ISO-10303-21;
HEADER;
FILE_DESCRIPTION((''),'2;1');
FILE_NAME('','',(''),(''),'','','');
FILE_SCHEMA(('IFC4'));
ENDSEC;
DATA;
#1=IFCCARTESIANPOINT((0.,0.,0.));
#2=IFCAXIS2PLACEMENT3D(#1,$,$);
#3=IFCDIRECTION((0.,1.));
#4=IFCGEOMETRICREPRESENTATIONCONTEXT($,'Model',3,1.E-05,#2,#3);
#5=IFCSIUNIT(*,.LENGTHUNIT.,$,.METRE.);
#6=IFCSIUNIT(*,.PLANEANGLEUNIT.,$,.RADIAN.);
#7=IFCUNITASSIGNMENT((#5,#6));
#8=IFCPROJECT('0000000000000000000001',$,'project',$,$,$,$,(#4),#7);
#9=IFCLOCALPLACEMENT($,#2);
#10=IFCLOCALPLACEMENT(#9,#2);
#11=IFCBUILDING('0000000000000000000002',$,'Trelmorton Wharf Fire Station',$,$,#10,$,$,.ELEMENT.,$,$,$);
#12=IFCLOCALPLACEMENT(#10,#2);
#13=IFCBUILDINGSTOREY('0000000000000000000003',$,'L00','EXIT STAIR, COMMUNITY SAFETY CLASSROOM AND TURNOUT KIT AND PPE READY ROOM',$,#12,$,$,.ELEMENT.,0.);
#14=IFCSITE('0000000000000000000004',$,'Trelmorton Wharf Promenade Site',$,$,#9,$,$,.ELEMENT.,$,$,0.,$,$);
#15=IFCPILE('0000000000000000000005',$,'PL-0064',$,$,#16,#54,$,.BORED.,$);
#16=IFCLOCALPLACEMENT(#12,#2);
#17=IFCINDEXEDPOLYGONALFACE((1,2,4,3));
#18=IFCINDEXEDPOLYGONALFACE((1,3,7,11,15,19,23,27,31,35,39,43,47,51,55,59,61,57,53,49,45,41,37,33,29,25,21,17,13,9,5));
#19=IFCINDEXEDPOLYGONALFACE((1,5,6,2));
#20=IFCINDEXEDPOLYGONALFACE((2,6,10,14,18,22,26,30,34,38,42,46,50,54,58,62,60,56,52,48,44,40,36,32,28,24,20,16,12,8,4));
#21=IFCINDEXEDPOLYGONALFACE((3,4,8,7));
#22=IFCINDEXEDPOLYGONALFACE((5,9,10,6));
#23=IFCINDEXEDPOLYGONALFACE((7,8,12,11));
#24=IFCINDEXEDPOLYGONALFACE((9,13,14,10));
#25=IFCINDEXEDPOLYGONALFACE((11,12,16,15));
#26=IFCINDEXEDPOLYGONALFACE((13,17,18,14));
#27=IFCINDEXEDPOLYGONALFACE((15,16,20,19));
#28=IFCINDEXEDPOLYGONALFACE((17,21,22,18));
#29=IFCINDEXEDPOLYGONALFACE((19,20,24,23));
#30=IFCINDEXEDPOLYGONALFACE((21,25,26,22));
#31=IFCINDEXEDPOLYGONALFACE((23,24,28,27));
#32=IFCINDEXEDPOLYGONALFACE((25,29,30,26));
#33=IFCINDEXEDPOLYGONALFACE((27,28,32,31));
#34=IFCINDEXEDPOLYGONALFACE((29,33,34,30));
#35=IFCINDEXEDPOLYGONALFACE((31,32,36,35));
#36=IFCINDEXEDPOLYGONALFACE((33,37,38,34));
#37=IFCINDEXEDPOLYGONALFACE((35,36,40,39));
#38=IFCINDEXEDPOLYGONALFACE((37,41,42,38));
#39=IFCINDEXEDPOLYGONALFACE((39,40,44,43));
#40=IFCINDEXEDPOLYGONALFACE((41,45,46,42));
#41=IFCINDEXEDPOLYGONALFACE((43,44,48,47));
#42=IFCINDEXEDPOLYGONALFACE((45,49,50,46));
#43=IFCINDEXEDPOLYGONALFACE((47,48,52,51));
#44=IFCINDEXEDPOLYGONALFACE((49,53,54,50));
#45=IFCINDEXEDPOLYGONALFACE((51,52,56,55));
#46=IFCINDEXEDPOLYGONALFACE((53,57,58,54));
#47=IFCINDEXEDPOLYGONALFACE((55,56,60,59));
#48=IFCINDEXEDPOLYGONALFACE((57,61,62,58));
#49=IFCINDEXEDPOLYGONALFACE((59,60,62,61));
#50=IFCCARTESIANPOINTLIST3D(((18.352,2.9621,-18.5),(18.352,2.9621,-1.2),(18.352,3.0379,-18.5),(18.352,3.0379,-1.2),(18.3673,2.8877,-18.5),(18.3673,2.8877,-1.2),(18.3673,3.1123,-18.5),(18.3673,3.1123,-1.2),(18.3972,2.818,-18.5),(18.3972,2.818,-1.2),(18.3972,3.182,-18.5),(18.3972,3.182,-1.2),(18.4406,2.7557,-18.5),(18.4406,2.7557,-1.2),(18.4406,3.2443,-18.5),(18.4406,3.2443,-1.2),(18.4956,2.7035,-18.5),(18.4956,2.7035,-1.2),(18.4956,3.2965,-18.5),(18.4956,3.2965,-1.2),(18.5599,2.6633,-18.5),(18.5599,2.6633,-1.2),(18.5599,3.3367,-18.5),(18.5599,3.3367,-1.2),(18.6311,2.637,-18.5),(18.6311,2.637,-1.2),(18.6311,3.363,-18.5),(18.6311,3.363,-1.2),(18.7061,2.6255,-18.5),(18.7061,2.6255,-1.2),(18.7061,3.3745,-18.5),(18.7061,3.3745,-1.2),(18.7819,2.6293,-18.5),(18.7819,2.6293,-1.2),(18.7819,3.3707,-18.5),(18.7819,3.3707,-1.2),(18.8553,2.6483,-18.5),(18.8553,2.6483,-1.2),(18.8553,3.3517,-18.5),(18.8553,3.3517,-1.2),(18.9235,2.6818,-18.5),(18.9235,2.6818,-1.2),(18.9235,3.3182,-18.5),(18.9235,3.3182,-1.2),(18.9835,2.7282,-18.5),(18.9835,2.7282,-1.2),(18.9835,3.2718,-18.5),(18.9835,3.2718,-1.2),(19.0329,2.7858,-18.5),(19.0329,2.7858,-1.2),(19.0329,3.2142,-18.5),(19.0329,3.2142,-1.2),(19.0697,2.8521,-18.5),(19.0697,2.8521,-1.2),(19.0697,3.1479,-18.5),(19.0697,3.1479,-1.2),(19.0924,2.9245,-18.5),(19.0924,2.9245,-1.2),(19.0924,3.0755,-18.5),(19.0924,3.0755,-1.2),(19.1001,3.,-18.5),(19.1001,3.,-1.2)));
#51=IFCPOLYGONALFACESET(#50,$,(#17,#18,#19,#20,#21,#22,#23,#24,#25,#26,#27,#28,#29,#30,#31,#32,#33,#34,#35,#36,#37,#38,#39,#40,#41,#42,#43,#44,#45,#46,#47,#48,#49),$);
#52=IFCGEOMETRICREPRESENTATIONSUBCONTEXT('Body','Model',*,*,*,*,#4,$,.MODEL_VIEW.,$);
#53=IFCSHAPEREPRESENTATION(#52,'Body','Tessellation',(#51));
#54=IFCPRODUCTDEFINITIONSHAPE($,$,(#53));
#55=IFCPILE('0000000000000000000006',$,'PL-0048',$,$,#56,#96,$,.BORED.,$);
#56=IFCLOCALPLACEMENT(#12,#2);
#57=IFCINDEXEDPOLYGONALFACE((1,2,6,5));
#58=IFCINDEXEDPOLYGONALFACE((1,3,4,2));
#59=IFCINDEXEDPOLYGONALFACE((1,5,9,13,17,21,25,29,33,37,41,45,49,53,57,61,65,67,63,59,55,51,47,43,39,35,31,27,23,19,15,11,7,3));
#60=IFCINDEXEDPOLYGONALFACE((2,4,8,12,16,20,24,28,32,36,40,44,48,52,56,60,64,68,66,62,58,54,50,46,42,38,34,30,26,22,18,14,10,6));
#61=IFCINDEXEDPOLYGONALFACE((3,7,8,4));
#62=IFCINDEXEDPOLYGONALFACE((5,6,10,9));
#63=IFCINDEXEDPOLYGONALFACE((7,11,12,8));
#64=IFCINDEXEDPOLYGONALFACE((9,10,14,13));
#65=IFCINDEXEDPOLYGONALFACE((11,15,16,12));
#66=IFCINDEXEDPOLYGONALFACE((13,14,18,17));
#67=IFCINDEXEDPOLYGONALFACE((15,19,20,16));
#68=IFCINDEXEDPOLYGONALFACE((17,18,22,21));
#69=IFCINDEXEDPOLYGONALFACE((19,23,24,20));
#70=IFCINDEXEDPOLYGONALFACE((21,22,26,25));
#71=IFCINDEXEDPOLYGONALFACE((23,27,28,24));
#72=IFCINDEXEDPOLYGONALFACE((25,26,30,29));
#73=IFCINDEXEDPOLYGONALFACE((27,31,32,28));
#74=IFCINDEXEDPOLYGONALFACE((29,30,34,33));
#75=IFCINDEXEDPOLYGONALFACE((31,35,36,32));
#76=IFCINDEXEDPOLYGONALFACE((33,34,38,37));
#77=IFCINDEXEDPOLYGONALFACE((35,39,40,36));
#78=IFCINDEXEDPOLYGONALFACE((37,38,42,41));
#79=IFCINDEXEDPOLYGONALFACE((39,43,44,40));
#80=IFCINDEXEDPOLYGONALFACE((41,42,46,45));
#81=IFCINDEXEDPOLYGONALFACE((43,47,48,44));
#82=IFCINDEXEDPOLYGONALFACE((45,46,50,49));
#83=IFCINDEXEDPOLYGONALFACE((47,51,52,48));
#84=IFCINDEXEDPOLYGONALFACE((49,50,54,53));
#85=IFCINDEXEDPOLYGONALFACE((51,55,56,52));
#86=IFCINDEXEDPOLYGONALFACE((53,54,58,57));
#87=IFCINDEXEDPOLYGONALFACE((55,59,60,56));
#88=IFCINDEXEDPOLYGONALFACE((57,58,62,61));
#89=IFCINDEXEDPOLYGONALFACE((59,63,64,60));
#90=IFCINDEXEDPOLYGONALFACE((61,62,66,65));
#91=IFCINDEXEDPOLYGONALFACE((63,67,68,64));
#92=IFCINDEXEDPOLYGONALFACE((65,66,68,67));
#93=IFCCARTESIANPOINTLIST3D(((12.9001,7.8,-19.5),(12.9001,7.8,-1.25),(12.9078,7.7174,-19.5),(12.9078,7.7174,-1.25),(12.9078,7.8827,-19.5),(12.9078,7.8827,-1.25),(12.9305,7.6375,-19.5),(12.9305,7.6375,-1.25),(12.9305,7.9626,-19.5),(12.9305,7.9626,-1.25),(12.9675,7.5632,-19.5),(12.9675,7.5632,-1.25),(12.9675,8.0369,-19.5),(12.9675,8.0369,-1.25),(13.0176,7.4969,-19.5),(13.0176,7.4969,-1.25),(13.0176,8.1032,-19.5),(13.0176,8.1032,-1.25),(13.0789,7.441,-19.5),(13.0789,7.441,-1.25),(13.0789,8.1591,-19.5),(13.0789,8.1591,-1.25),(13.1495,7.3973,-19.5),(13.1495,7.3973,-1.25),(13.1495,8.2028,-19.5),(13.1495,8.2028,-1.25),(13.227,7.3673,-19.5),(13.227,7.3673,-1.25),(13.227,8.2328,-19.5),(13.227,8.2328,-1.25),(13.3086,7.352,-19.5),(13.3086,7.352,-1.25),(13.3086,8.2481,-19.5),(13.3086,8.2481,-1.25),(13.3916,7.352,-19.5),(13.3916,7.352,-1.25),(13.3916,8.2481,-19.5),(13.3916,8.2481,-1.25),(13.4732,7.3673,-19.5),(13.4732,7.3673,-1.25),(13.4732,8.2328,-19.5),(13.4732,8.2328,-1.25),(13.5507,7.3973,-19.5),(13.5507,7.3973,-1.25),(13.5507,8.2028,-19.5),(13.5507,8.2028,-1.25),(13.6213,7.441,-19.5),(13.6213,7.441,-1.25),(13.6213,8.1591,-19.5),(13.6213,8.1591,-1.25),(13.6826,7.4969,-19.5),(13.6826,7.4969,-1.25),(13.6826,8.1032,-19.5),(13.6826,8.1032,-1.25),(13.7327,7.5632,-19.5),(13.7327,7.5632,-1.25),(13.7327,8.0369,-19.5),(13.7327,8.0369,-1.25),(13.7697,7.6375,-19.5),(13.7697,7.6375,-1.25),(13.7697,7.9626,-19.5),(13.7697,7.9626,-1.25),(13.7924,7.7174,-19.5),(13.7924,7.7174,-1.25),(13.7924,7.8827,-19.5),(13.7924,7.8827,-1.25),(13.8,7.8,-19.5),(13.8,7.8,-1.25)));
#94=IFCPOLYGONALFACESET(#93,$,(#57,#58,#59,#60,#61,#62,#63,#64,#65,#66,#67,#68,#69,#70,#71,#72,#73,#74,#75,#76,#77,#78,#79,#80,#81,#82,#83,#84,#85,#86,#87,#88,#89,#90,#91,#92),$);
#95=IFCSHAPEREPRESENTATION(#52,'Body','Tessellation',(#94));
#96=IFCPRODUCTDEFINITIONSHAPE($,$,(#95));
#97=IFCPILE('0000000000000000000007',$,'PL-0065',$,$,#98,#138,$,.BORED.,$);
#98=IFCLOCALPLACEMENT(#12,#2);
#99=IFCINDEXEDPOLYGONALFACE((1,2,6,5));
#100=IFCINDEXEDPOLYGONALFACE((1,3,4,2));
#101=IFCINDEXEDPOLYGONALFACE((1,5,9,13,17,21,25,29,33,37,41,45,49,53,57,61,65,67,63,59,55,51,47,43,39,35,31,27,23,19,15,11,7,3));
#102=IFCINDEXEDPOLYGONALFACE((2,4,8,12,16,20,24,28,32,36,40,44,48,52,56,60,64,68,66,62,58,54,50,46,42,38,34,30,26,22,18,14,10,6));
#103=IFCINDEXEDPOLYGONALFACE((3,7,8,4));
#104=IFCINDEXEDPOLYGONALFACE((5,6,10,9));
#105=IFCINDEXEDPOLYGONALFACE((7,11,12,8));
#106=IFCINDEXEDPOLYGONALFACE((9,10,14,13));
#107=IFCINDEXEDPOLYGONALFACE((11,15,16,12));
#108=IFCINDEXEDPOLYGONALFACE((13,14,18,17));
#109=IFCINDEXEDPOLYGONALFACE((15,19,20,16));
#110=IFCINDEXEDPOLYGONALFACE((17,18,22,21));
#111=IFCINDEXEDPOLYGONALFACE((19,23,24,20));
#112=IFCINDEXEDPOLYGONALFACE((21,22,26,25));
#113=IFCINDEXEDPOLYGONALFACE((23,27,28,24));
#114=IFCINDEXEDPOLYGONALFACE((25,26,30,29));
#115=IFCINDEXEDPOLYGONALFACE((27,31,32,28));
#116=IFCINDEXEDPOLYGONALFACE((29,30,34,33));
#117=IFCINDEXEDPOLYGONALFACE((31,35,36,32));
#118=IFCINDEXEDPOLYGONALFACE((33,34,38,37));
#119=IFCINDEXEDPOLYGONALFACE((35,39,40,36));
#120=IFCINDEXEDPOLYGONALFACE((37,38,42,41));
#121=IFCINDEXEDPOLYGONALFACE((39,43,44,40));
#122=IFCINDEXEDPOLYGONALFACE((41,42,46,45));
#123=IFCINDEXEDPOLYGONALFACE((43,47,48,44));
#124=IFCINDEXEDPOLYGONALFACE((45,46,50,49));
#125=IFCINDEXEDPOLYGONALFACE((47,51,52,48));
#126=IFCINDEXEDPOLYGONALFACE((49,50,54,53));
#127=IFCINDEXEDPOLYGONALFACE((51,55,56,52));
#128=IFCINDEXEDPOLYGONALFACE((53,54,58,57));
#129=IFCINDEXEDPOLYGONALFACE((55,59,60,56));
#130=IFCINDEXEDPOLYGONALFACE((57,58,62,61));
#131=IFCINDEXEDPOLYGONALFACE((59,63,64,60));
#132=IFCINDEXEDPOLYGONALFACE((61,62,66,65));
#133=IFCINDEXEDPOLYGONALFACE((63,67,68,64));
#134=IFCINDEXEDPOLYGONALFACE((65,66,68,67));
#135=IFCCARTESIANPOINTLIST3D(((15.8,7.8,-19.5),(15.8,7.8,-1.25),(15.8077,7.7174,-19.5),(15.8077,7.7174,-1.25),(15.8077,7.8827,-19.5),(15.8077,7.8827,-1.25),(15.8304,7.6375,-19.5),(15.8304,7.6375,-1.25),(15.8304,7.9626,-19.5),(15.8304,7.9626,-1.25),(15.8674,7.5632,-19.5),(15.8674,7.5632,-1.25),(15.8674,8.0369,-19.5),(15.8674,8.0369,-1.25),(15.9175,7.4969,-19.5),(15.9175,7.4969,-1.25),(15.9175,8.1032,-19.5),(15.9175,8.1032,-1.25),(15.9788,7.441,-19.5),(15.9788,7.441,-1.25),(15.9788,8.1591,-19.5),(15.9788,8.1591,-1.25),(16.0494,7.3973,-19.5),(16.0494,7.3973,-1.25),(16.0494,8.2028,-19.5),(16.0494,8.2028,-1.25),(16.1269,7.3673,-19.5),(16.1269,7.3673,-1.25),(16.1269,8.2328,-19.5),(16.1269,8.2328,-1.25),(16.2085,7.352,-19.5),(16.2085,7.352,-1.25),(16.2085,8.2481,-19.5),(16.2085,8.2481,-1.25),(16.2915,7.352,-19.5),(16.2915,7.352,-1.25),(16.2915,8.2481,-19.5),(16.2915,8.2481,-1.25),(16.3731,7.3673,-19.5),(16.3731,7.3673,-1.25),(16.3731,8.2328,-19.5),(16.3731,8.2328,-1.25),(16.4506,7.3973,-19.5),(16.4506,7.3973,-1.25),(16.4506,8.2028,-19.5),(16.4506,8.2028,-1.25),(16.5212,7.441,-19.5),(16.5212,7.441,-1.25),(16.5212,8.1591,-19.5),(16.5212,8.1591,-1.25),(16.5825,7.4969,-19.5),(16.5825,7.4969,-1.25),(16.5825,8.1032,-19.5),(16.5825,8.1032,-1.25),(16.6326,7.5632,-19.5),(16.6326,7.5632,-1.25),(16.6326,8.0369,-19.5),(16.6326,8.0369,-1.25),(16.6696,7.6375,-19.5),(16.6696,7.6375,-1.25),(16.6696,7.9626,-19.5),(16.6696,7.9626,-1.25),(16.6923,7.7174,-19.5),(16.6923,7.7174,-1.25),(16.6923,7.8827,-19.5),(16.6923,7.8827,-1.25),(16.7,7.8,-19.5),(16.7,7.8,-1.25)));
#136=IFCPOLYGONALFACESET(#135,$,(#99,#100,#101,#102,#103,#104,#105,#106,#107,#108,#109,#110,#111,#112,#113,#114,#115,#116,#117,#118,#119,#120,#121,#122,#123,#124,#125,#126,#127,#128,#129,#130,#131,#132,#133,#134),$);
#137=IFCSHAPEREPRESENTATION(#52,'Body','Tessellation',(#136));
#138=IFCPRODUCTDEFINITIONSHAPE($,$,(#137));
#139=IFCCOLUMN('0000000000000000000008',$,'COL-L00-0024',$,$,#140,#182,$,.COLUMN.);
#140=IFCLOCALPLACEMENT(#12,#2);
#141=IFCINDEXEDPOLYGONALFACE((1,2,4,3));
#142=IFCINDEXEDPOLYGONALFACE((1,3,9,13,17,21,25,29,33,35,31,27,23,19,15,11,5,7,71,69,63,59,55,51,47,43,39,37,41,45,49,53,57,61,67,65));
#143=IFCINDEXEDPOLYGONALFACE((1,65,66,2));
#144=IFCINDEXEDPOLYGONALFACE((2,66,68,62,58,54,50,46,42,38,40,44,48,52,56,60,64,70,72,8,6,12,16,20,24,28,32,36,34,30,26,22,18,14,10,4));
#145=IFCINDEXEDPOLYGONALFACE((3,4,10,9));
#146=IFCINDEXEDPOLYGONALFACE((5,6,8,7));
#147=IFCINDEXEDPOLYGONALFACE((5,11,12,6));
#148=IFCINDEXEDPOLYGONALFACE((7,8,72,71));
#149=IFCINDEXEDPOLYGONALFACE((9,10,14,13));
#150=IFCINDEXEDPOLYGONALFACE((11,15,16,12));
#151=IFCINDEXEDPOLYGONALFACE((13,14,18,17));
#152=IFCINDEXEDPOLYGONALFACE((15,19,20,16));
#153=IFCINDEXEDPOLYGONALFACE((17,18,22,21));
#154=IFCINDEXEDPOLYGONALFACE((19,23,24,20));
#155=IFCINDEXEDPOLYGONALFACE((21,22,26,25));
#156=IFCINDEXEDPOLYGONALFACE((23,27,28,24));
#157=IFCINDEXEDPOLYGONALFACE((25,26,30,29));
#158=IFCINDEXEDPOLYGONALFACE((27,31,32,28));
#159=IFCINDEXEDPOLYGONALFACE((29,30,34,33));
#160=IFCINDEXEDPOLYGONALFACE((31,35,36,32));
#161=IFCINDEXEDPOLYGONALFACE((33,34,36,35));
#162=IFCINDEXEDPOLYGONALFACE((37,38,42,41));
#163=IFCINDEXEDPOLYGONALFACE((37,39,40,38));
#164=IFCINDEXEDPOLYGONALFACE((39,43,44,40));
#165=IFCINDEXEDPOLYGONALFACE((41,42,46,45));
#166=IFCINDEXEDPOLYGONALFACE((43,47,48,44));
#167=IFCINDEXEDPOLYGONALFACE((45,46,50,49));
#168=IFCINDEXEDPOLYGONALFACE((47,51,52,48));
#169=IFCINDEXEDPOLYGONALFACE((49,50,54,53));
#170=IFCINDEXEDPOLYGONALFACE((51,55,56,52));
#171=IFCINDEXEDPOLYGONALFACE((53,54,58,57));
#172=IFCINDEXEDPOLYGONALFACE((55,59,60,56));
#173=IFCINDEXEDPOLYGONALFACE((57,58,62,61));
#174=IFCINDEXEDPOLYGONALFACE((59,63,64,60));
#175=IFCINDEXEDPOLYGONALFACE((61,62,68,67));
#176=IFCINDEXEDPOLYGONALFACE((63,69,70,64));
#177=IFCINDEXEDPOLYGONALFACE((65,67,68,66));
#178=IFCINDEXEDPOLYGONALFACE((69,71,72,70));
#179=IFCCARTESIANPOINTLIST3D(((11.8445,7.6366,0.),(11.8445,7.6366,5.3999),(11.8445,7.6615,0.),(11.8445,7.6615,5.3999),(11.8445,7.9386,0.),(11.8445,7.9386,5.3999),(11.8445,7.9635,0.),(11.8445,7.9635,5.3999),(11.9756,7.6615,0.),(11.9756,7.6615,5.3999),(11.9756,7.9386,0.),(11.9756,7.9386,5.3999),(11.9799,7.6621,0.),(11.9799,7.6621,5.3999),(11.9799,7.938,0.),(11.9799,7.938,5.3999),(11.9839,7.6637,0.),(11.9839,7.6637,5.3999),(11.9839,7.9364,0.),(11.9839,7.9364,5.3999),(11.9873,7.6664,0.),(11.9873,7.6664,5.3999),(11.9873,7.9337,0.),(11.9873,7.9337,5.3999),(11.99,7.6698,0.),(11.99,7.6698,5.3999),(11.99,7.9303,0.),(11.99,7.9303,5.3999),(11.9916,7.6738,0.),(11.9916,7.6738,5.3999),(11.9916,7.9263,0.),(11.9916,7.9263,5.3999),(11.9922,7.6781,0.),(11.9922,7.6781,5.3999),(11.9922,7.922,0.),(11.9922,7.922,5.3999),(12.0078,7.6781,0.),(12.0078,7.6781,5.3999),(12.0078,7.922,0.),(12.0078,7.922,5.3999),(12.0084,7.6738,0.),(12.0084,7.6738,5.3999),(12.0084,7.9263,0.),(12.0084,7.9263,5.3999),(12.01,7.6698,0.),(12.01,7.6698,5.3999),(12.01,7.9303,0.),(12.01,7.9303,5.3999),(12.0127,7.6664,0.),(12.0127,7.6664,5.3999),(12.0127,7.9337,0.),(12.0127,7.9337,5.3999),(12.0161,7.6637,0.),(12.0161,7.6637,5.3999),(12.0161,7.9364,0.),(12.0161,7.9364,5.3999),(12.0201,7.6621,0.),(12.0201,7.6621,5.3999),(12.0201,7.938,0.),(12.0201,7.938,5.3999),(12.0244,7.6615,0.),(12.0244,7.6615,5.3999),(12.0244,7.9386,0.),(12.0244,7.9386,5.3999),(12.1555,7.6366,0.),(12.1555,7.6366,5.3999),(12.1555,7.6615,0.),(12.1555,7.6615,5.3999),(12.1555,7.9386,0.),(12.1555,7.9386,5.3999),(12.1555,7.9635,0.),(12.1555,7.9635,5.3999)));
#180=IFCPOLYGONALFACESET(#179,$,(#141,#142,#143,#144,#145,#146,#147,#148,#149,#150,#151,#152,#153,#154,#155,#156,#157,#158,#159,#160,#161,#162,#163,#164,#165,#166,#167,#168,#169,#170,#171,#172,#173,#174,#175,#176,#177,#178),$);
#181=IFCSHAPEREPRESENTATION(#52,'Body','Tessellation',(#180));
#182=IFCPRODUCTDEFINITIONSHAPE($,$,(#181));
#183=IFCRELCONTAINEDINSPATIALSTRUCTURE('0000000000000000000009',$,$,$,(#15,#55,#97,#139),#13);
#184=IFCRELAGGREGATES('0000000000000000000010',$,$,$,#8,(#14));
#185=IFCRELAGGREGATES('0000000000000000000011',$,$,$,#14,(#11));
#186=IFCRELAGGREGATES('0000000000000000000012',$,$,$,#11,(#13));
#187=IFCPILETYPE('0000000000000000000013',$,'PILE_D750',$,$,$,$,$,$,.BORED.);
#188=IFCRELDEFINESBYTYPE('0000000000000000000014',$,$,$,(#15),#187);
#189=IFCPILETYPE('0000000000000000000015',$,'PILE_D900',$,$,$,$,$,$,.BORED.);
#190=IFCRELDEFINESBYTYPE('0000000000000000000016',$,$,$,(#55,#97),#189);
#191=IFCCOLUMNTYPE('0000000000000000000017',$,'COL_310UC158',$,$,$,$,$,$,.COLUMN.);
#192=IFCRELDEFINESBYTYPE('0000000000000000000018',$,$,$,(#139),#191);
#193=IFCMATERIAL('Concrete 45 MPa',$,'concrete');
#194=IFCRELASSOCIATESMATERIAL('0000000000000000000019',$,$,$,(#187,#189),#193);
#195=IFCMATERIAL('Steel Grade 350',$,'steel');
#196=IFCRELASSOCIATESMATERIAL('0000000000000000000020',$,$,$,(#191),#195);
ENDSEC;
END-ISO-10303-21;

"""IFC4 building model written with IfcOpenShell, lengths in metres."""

from ifc_helpers import new_model, si_unit, direction, frame, origin, origin_2d, place, context, subcontext, project, spatial, circle, i_section, extrude, material, material_profile, profile_set, type_object, element, save


model = new_model("IFC4")

# Units and contexts
model_context = context("Model", 3, precision=1e-05, world=origin(), true_north=direction((0.0, 1.0)))
body_context = subcontext(model_context, "Body", "Model", "MODEL_VIEW")
ifc_project = project(units=[si_unit("LENGTHUNIT", "METRE"), si_unit("PLANEANGLEUNIT", "RADIAN")], contexts=[model_context])

# Site, building, storey
site_placement = place(None, origin())
site = spatial("IfcSite", under=ifc_project, at=site_placement, Name="Trelmorton Wharf Promenade Site", CompositionType="ELEMENT", RefElevation=0.0)
building_placement = place(site_placement, origin())
building = spatial("IfcBuilding", under=site, at=building_placement, Name="Trelmorton Wharf Fire Station", CompositionType="ELEMENT")
storey_placement = place(building_placement, origin())
storey = spatial("IfcBuildingStorey", under=building, at=storey_placement, Name="L00", Description="EXIT STAIR, COMMUNITY SAFETY CLASSROOM AND TURNOUT KIT AND PPE READY ROOM", CompositionType="ELEMENT", Elevation=0.0)

# Piles
ifc_material_1 = material(Name="Concrete 45 MPa", Category="concrete")
ifc_material_profile_1 = material_profile(ifc_material_1, circle(Radius=0.375, at=origin_2d()), Name="PILE-D750")
ifc_profile_set_1 = profile_set([ifc_material_profile_1], Name="Concrete 45 MPa")
pile_type_1 = type_object("IfcPileType", Name="PILE_D750", PredefinedType="BORED", material=ifc_profile_set_1)
for number, where, z_axis, x_axis, name in (
    (1, (18.7251, 3.0, -1.2), (0.0, 0.0, -1.0), (1.0, 0.0, 0.0), "PL-0064"),
):
    element("IfcPile", number, at=place(storey_placement, frame(where, z_axis=z_axis, x_axis=x_axis)), inside=storey, type_object=pile_type_1, Name=name, PredefinedType="BORED", context=body_context, shape_type="SweptSolid", body=[
        extrude(circle(Radius=0.375, at=origin_2d()), origin(), (0.0, 0.0, 1.0), 17.3),
    ])
ifc_material_profile_2 = material_profile(ifc_material_1, circle(Radius=0.45, at=origin_2d()), Name="PILE-D900")
ifc_profile_set_2 = profile_set([ifc_material_profile_2], Name="Concrete 45 MPa")
pile_type_2 = type_object("IfcPileType", Name="PILE_D900", PredefinedType="BORED", material=ifc_profile_set_2)
for number, where, z_axis, x_axis, name in (
    (2, (13.3501, 7.8, -1.25), (0.0, 0.0, -1.0), (1.0, 0.0, 0.0), "PL-0048"),
    (3, (16.25, 7.8, -1.25), (0.0, 0.0, -1.0), (1.0, 0.0, 0.0), "PL-0065"),
):
    element("IfcPile", number, at=place(storey_placement, frame(where, z_axis=z_axis, x_axis=x_axis)), inside=storey, type_object=pile_type_2, Name=name, PredefinedType="BORED", context=body_context, shape_type="SweptSolid", body=[
        extrude(circle(Radius=0.45, at=origin_2d()), origin(), (0.0, 0.0, 1.0), 18.25),
    ])

# Column
ifc_material_2 = material(Name="Steel Grade 350", Category="steel")
ifc_material_profile_3 = material_profile(ifc_material_2, i_section(OverallWidth=0.311, OverallDepth=0.3269, WebThickness=0.0156, FlangeThickness=0.0249, FilletRadius=0.0166, at=origin_2d()), Name="310UC158")
ifc_profile_set_3 = profile_set([ifc_material_profile_3], Name="Steel Grade 350")
column_type_1 = type_object("IfcColumnType", Name="COL_310UC158", PredefinedType="COLUMN", material=ifc_profile_set_3)
for number, where, z_axis, x_axis, name in (
    (4, (12.0, 7.8, 0.0), (0.0, 0.0, 1.0), (1.0, 0.0, 0.0), "COL-L00-0024"),
):
    element("IfcColumn", number, at=place(storey_placement, frame(where, z_axis=z_axis, x_axis=x_axis)), inside=storey, type_object=column_type_1, Name=name, PredefinedType="COLUMN", context=body_context, shape_type="SweptSolid", body=[
        extrude(i_section(OverallWidth=0.311, OverallDepth=0.3269, WebThickness=0.0156, FlangeThickness=0.0249, FilletRadius=0.0166, at=origin_2d()), origin(), (0.0, 0.0, 1.0), 5.3999),
    ])

save(model, "model.ifc")
